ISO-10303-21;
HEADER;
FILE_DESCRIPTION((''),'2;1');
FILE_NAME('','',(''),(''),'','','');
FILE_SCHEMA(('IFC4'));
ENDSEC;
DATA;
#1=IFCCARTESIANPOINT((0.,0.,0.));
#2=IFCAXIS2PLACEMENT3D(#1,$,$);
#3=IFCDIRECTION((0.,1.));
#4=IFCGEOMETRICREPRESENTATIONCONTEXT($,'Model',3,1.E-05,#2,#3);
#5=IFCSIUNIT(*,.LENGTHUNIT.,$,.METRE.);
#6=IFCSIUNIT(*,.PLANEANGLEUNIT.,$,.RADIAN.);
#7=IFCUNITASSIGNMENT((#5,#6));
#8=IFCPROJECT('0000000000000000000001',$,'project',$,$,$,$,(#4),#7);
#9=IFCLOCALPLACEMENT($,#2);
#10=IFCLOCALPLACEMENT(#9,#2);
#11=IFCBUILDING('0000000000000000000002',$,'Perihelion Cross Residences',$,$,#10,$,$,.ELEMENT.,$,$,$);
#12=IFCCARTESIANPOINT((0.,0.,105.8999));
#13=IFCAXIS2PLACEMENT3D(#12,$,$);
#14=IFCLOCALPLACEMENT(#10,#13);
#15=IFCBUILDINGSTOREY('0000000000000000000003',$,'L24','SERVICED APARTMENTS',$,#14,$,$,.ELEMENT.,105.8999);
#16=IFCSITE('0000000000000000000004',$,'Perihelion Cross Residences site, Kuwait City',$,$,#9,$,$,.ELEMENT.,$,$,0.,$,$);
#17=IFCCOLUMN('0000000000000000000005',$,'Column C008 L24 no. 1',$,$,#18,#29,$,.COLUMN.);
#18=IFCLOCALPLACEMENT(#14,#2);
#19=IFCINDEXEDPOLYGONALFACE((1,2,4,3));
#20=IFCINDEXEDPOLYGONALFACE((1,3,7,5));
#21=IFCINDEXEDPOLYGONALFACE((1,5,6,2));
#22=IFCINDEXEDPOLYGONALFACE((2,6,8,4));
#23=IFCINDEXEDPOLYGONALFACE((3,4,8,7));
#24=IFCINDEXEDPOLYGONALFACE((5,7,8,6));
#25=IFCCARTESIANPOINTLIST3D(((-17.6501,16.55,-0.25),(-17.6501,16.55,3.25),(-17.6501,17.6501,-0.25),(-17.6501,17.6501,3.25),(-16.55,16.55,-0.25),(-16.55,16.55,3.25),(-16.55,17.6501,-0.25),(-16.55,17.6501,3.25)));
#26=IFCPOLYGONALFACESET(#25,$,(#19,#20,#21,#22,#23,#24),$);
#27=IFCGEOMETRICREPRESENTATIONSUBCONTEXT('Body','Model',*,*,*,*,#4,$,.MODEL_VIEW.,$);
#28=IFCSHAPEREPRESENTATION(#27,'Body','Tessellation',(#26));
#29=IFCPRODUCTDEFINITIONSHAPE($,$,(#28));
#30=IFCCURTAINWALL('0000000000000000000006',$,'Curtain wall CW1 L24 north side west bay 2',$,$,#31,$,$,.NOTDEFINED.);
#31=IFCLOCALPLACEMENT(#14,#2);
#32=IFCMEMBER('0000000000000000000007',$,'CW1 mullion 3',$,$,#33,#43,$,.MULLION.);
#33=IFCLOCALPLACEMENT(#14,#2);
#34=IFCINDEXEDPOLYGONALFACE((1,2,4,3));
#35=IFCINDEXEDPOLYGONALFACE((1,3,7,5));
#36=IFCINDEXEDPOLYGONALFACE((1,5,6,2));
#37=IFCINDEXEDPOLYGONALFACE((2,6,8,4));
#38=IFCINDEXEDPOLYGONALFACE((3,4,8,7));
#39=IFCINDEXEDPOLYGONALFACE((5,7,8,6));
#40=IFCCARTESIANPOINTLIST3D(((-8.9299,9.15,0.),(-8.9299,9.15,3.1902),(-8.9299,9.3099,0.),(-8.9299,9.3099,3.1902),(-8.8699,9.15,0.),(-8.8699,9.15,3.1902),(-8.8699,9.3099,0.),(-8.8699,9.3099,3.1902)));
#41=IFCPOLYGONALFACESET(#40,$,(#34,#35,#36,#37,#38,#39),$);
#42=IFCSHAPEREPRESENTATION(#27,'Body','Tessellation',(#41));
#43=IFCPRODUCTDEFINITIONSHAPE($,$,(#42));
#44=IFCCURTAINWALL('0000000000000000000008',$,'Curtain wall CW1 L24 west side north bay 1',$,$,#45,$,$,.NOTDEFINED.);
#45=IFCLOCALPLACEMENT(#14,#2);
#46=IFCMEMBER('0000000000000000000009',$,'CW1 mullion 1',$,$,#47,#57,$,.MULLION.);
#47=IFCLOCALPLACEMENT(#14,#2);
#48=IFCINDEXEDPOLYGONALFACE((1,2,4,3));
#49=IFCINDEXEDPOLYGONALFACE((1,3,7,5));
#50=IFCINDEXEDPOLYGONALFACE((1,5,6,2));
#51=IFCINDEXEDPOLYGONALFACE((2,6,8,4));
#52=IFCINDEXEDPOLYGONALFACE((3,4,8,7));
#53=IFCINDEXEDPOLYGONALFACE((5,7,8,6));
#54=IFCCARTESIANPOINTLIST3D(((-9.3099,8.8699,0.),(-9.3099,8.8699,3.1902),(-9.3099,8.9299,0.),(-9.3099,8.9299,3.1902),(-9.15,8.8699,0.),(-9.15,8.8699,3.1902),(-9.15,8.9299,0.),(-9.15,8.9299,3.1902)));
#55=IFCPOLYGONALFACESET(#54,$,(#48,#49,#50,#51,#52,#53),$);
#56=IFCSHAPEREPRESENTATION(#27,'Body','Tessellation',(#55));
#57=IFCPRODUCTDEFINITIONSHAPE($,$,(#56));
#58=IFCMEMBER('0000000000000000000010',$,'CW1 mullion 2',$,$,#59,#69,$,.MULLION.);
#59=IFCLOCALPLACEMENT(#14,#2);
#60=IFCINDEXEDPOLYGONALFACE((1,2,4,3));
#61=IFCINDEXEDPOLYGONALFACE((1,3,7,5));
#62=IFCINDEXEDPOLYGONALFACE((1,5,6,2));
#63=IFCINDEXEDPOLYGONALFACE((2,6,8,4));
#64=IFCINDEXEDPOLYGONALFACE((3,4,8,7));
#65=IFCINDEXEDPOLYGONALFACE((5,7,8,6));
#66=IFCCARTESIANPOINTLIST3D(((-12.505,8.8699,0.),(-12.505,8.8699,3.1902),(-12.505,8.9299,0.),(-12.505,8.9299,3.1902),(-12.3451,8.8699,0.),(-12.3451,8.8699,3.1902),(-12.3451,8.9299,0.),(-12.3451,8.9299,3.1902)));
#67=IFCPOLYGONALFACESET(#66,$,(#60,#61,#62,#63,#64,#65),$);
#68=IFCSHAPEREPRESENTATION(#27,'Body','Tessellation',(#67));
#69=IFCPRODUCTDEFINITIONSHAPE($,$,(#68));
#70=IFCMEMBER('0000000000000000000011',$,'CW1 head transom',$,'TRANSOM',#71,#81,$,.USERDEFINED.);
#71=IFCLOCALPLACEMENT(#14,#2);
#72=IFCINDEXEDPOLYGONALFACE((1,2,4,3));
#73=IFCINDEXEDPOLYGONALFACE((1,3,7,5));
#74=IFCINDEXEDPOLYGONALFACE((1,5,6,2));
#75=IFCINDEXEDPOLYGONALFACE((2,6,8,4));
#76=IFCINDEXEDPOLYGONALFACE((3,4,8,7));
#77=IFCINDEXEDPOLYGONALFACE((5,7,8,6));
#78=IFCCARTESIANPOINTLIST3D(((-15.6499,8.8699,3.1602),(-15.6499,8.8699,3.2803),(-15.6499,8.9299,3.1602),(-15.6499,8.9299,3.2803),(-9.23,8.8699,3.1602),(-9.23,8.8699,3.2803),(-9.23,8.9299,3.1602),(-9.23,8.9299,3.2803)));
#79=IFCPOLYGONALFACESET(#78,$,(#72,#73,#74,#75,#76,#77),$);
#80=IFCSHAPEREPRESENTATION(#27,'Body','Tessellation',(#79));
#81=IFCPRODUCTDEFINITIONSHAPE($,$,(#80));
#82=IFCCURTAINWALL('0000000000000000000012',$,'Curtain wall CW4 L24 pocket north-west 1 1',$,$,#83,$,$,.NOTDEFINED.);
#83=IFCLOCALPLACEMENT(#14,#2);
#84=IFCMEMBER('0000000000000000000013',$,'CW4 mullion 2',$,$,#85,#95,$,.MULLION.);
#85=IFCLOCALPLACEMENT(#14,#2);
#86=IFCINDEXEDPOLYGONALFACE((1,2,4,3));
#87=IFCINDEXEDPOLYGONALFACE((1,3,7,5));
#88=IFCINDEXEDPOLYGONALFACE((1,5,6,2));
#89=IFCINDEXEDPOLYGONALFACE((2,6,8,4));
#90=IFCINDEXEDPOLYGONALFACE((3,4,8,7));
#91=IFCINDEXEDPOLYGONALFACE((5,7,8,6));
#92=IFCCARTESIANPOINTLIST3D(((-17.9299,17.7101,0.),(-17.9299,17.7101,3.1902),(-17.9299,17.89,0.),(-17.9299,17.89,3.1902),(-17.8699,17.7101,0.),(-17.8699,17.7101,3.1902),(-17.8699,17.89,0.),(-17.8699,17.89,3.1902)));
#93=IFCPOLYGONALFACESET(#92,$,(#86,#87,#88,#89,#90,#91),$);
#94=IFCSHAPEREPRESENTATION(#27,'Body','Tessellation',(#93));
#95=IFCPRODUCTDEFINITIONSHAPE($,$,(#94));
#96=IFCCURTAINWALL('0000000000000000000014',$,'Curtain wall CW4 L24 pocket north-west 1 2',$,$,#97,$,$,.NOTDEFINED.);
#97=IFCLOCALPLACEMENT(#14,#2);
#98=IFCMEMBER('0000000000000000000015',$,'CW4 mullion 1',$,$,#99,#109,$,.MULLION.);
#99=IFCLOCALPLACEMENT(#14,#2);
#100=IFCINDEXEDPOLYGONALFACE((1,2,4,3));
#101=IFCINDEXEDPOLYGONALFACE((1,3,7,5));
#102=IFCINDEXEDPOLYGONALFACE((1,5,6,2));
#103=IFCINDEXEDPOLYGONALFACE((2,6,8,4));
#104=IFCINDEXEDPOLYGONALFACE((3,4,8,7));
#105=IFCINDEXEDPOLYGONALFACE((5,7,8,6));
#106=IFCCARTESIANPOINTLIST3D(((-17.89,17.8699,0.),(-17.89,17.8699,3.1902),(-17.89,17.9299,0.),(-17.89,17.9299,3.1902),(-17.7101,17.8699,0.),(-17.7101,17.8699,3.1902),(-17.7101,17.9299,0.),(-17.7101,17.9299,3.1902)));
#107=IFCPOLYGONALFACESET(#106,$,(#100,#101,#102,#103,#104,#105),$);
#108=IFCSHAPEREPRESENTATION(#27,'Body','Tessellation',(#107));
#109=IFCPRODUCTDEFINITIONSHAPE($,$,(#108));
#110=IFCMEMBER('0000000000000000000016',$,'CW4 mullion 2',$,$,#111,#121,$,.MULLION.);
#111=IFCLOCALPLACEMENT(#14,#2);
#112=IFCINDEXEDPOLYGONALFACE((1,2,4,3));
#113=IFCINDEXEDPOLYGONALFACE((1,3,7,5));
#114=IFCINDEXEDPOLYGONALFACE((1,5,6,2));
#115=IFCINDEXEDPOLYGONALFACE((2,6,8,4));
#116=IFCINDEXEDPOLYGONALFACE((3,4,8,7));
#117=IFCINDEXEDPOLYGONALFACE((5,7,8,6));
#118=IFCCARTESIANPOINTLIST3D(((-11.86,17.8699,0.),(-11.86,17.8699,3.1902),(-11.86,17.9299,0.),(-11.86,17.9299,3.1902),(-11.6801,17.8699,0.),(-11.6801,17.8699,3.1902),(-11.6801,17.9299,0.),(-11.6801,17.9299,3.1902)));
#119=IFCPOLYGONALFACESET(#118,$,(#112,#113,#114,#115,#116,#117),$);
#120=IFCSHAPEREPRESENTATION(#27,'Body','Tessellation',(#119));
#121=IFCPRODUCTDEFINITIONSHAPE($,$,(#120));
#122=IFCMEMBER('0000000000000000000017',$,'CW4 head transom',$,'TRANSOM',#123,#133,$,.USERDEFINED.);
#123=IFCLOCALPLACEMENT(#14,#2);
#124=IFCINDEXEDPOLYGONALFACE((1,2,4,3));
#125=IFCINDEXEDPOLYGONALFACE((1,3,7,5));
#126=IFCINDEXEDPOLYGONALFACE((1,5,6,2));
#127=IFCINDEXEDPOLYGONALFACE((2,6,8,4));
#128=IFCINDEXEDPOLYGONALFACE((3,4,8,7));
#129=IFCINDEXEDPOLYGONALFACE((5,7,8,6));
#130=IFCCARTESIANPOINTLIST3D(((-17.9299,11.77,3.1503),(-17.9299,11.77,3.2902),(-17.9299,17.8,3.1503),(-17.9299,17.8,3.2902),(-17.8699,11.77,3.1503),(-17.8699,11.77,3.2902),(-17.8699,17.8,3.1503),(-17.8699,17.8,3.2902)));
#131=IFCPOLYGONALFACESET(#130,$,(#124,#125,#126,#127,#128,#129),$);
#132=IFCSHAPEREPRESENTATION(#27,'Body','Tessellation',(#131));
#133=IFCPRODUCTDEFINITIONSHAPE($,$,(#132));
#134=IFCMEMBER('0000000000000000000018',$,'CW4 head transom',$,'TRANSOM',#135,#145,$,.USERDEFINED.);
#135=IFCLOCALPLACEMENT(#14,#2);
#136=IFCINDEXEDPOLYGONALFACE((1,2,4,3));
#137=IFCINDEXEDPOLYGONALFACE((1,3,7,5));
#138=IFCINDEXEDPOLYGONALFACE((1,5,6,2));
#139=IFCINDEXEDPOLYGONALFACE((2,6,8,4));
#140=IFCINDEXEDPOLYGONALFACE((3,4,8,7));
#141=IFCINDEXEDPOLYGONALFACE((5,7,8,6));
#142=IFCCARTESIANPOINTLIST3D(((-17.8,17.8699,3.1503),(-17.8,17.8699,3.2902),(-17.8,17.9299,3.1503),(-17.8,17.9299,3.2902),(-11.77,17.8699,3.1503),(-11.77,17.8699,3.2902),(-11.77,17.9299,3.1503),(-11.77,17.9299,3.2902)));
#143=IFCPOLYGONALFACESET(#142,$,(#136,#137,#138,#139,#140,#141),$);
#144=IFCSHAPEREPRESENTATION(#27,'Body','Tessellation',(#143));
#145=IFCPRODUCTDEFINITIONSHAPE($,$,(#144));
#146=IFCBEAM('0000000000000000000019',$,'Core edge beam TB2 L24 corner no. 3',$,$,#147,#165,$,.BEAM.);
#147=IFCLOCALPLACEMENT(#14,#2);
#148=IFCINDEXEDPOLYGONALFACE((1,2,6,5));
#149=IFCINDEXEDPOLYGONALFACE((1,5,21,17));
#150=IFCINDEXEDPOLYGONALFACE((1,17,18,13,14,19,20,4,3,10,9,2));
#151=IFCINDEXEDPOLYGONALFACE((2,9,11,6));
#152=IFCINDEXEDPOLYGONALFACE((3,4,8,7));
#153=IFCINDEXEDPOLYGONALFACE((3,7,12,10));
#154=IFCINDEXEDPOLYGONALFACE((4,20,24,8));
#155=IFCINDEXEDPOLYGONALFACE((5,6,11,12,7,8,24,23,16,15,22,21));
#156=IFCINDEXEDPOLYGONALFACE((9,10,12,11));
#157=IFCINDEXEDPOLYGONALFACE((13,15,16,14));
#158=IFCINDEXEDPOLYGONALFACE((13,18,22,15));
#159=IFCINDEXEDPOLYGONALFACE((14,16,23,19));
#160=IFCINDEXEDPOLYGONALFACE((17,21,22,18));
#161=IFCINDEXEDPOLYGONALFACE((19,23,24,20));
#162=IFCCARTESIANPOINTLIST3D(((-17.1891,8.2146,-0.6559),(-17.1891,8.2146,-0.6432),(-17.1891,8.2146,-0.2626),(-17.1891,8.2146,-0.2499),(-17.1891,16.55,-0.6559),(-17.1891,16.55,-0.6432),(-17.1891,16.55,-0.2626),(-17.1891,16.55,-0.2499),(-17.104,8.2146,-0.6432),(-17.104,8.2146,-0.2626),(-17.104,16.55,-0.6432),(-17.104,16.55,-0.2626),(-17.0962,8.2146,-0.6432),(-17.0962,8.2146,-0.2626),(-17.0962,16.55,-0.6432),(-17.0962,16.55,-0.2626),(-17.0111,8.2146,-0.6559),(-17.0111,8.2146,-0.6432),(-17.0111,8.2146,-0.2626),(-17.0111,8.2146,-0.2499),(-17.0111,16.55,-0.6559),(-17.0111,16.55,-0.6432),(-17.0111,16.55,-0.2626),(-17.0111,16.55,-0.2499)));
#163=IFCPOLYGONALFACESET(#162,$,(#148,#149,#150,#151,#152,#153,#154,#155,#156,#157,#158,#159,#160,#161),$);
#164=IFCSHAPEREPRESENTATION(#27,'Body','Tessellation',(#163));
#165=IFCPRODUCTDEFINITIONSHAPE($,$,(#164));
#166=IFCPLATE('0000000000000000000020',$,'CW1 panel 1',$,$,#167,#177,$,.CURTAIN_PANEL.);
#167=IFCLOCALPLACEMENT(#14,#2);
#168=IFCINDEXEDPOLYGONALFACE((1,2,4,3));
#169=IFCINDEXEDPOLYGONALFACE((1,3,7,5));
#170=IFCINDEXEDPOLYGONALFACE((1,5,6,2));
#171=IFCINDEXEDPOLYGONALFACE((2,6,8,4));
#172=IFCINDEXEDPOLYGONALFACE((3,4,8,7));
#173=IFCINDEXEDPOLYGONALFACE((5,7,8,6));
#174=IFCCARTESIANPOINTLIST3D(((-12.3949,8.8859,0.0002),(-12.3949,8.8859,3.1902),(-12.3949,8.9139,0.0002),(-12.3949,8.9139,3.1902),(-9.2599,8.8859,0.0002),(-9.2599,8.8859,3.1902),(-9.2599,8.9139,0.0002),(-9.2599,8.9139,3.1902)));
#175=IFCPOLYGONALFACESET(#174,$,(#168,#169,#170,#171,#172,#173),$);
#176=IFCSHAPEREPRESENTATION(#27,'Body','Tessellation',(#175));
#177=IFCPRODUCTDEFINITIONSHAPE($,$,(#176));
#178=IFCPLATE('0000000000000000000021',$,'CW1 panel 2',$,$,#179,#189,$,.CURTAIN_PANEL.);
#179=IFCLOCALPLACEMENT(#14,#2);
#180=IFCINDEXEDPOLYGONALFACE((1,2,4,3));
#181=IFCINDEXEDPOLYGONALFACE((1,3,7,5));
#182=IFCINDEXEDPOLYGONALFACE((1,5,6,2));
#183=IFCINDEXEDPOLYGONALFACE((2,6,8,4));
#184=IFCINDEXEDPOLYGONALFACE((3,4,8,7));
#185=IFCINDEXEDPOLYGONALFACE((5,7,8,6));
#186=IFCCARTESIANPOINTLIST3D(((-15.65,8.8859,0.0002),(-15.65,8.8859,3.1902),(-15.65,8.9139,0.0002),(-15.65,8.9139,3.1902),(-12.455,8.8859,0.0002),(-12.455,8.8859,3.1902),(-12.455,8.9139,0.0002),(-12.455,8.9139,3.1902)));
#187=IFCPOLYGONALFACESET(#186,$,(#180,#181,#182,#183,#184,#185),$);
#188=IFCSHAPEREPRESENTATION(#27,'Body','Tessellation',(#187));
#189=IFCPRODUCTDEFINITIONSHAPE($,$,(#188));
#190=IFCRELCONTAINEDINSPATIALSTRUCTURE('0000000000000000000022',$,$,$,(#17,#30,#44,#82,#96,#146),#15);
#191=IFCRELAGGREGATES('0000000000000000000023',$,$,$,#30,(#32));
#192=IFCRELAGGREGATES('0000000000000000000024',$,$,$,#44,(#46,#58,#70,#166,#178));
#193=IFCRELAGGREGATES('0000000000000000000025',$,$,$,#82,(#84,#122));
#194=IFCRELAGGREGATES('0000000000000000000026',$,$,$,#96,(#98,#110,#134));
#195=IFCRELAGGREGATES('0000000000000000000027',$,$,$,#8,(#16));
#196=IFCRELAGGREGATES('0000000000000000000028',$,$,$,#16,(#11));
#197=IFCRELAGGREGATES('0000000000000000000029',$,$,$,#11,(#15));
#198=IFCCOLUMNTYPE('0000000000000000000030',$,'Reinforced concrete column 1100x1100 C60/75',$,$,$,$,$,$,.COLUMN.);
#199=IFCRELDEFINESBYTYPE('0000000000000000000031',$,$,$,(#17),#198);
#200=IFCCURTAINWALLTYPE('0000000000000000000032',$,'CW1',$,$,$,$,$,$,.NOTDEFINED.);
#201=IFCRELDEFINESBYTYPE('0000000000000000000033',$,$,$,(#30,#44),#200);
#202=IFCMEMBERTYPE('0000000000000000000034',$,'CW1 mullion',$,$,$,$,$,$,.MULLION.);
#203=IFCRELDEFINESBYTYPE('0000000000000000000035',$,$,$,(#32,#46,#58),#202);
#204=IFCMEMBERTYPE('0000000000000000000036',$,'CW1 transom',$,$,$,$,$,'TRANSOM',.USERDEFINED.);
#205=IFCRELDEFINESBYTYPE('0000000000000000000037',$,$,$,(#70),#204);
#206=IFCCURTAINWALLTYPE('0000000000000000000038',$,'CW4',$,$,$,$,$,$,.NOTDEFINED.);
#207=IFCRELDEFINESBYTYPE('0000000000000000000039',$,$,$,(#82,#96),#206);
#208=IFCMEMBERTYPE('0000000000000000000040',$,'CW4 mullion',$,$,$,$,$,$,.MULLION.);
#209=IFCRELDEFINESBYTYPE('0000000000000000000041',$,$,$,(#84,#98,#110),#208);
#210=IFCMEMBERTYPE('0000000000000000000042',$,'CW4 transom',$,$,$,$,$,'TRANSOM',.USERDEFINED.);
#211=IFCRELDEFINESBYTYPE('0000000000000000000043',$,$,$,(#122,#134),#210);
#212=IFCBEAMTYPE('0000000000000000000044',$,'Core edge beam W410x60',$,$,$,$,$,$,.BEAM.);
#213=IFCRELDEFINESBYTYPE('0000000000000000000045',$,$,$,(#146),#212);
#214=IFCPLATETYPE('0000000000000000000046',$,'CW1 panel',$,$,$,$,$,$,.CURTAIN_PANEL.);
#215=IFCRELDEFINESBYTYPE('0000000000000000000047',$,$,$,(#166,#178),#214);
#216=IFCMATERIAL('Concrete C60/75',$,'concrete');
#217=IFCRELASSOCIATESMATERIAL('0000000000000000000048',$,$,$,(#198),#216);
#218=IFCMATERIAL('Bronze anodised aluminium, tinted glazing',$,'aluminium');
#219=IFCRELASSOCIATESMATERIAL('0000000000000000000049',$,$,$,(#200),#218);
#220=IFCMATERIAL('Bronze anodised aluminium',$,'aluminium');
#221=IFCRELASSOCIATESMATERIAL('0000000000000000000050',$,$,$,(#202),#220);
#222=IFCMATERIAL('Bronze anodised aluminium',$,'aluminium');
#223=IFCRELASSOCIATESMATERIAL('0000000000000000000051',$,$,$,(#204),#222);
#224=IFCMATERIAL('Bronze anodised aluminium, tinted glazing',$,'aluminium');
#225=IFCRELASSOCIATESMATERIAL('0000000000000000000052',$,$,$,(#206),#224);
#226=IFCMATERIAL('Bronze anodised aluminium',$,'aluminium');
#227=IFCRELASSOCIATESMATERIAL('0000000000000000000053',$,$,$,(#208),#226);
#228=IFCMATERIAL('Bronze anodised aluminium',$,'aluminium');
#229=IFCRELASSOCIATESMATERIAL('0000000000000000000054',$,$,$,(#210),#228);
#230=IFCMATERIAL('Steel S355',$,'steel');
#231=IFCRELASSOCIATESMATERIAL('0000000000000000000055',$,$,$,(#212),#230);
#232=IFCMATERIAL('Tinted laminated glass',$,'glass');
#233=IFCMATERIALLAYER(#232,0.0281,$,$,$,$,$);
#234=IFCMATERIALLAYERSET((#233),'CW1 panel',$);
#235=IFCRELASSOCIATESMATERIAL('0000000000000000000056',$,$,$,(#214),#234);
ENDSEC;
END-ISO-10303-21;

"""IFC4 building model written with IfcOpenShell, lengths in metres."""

from ifc_helpers import new_model, si_unit, direction, frame, origin, origin_2d, place, context, subcontext, project, spatial, rectangle, i_section, extrude, material, layer, layer_set, material_profile, profile_set, type_object, element, aggregate, save


model = new_model("IFC4")

# Units and contexts
model_context = context("Model", 3, precision=1e-05, world=origin(), true_north=direction((0.0, 1.0)))
body_context = subcontext(model_context, "Body", "Model", "MODEL_VIEW")
ifc_project = project(units=[si_unit("LENGTHUNIT", "METRE"), si_unit("PLANEANGLEUNIT", "RADIAN")], contexts=[model_context])

# Site, building, storey
site_placement = place(None, origin())
site = spatial("IfcSite", under=ifc_project, at=site_placement, Name="Perihelion Cross Residences site, Kuwait City", CompositionType="ELEMENT", RefElevation=0.0)
building_placement = place(site_placement, origin())
building = spatial("IfcBuilding", under=site, at=building_placement, Name="Perihelion Cross Residences", CompositionType="ELEMENT")
storey_placement = place(building_placement, frame((0.0, 0.0, 105.8999)))
storey = spatial("IfcBuildingStorey", under=building, at=storey_placement, Name="L24", Description="SERVICED APARTMENTS", CompositionType="ELEMENT", Elevation=105.8999)

# Column
ifc_material_1 = material(Name="Concrete C60/75", Category="concrete")
ifc_material_profile_1 = material_profile(ifc_material_1, rectangle(XDim=1.1001, YDim=1.1001, at=origin_2d()), Name="RC 1100x1100")
ifc_profile_set_1 = profile_set([ifc_material_profile_1], Name="Concrete C60/75")
column_type = type_object("IfcColumnType", Name="Reinforced concrete column 1100x1100 C60/75", PredefinedType="COLUMN", material=ifc_profile_set_1)
column_placement = place(storey_placement, frame((-17.1001, 17.1001, -0.25), z_axis=(0.0, 0.0, 1.0), x_axis=(1.0, 0.0, 0.0)))
element("IfcColumn", 1, at=column_placement, inside=storey, type_object=column_type, Name="Column C008 L24 no. 1", PredefinedType="COLUMN", context=body_context, shape_type="SweptSolid", body=[
    extrude(rectangle(XDim=1.1001, YDim=1.1001, at=origin_2d()), origin(), (0.0, 0.0, 1.0), 3.5),
])

# Curtain wall, member
ifc_material_2 = material(Name="Bronze anodised aluminium, tinted glazing", Category="aluminium")
curtain_wall_type_1 = type_object("IfcCurtainWallType", Name="CW1", PredefinedType="NOTDEFINED", material=ifc_material_2)
curtain_wall_1_placement = place(storey_placement, origin())
curtain_wall_1 = element("IfcCurtainWall", 2, at=curtain_wall_1_placement, inside=storey, type_object=curtain_wall_type_1, Name="Curtain wall CW1 L24 north side west bay 2", PredefinedType="NOTDEFINED")
ifc_material_3 = material(Name="Bronze anodised aluminium", Category="aluminium")
ifc_material_profile_2 = material_profile(ifc_material_3, rectangle(XDim=0.0601, YDim=0.1599, at=origin_2d()), Name="CW1 mullion")
ifc_profile_set_2 = profile_set([ifc_material_profile_2], Name="Bronze anodised aluminium")
member_type_1 = type_object("IfcMemberType", Name="CW1 mullion", PredefinedType="MULLION", material=ifc_profile_set_2)
member_1_placement = place(storey_placement, frame((-8.8999, 9.23, 0.0), z_axis=(0.0, 0.0, 1.0), x_axis=(1.0, 0.0, 0.0)))
member_1 = element("IfcMember", 3, at=member_1_placement, type_object=member_type_1, Name="CW1 mullion 3", PredefinedType="MULLION", context=body_context, shape_type="SweptSolid", body=[
    extrude(rectangle(XDim=0.0601, YDim=0.1599, at=origin_2d()), origin(), (0.0, 0.0, 1.0), 3.1902),
])
aggregate(curtain_wall_1, [member_1])

# Curtain wall, members
curtain_wall_2_placement = place(storey_placement, origin())
curtain_wall_2 = element("IfcCurtainWall", 4, at=curtain_wall_2_placement, inside=storey, type_object=curtain_wall_type_1, Name="Curtain wall CW1 L24 west side north bay 1", PredefinedType="NOTDEFINED")
member_2_placement = place(storey_placement, frame((-9.23, 8.8999, 0.0), z_axis=(0.0, 0.0, 1.0), x_axis=(0.0, -1.0, 0.0)))
member_2 = element("IfcMember", 5, at=member_2_placement, type_object=member_type_1, Name="CW1 mullion 1", PredefinedType="MULLION", context=body_context, shape_type="SweptSolid", body=[
    extrude(rectangle(XDim=0.0601, YDim=0.1599, at=origin_2d()), origin(), (0.0, 0.0, 1.0), 3.1902),
])
member_3_placement = place(storey_placement, frame((-12.425, 8.8999, 0.0), z_axis=(0.0, 0.0, 1.0), x_axis=(0.0, -1.0, 0.0)))
member_3 = element("IfcMember", 6, at=member_3_placement, type_object=member_type_1, Name="CW1 mullion 2", PredefinedType="MULLION", context=body_context, shape_type="SweptSolid", body=[
    extrude(rectangle(XDim=0.0601, YDim=0.1599, at=origin_2d()), origin(), (0.0, 0.0, 1.0), 3.1902),
])
ifc_material_4 = material(Name="Bronze anodised aluminium", Category="aluminium")
ifc_material_profile_3 = material_profile(ifc_material_4, rectangle(XDim=0.0601, YDim=0.1201, at=origin_2d()), Name="CW1 transom")
ifc_profile_set_3 = profile_set([ifc_material_profile_3], Name="Bronze anodised aluminium")
member_type_2 = type_object("IfcMemberType", Name="CW1 transom", ElementType="TRANSOM", PredefinedType="USERDEFINED", material=ifc_profile_set_3)
member_4_placement = place(storey_placement, frame((-9.23, 8.8999, 3.2202), z_axis=(-1.0, 0.0, 0.0), x_axis=(0.0, -1.0, 0.0)))
member_4 = element("IfcMember", 7, at=member_4_placement, type_object=member_type_2, Name="CW1 head transom", ObjectType="TRANSOM", PredefinedType="USERDEFINED", context=body_context, shape_type="SweptSolid", body=[
    extrude(rectangle(XDim=0.0601, YDim=0.1201, at=origin_2d()), origin(), (0.0, 0.0, 1.0), 6.4199),
])

# Curtain wall, member
ifc_material_5 = material(Name="Bronze anodised aluminium, tinted glazing", Category="aluminium")
curtain_wall_type_2 = type_object("IfcCurtainWallType", Name="CW4", PredefinedType="NOTDEFINED", material=ifc_material_5)
curtain_wall_3_placement = place(storey_placement, origin())
curtain_wall_3 = element("IfcCurtainWall", 8, at=curtain_wall_3_placement, inside=storey, type_object=curtain_wall_type_2, Name="Curtain wall CW4 L24 pocket north-west 1 1", PredefinedType="NOTDEFINED")
ifc_material_6 = material(Name="Bronze anodised aluminium", Category="aluminium")
ifc_material_profile_4 = material_profile(ifc_material_6, rectangle(XDim=0.0601, YDim=0.1799, at=origin_2d()), Name="CW4 mullion")
ifc_profile_set_4 = profile_set([ifc_material_profile_4], Name="Bronze anodised aluminium")
member_type_3 = type_object("IfcMemberType", Name="CW4 mullion", PredefinedType="MULLION", material=ifc_profile_set_4)
member_5_placement = place(storey_placement, frame((-17.8999, 17.8, 0.0), z_axis=(0.0, 0.0, 1.0), x_axis=(-1.0, 0.0, 0.0)))
member_5 = element("IfcMember", 9, at=member_5_placement, type_object=member_type_3, Name="CW4 mullion 2", PredefinedType="MULLION", context=body_context, shape_type="SweptSolid", body=[
    extrude(rectangle(XDim=0.0601, YDim=0.1799, at=origin_2d()), origin(), (0.0, 0.0, 1.0), 3.1902),
])

# Curtain wall, members
curtain_wall_4_placement = place(storey_placement, origin())
curtain_wall_4 = element("IfcCurtainWall", 10, at=curtain_wall_4_placement, inside=storey, type_object=curtain_wall_type_2, Name="Curtain wall CW4 L24 pocket north-west 1 2", PredefinedType="NOTDEFINED")
member_6_placement = place(storey_placement, frame((-17.8, 17.8999, 0.0), z_axis=(0.0, 0.0, 1.0), x_axis=(0.0, 1.0, 0.0)))
member_6 = element("IfcMember", 11, at=member_6_placement, type_object=member_type_3, Name="CW4 mullion 1", PredefinedType="MULLION", context=body_context, shape_type="SweptSolid", body=[
    extrude(rectangle(XDim=0.0601, YDim=0.1799, at=origin_2d()), origin(), (0.0, 0.0, 1.0), 3.1902),
])
member_7_placement = place(storey_placement, frame((-11.77, 17.8999, 0.0), z_axis=(0.0, 0.0, 1.0), x_axis=(0.0, 1.0, 0.0)))
member_7 = element("IfcMember", 12, at=member_7_placement, type_object=member_type_3, Name="CW4 mullion 2", PredefinedType="MULLION", context=body_context, shape_type="SweptSolid", body=[
    extrude(rectangle(XDim=0.0601, YDim=0.1799, at=origin_2d()), origin(), (0.0, 0.0, 1.0), 3.1902),
])

# Members
ifc_material_7 = material(Name="Bronze anodised aluminium", Category="aluminium")
ifc_material_profile_5 = material_profile(ifc_material_7, rectangle(XDim=0.0601, YDim=0.1399, at=origin_2d()), Name="CW4 transom")
ifc_profile_set_5 = profile_set([ifc_material_profile_5], Name="Bronze anodised aluminium")
member_type_4 = type_object("IfcMemberType", Name="CW4 transom", ElementType="TRANSOM", PredefinedType="USERDEFINED", material=ifc_profile_set_5)
member_8_placement = place(storey_placement, frame((-17.8999, 11.77, 3.2202), z_axis=(0.0, 1.0, 0.0), x_axis=(-1.0, 0.0, 0.0)))
member_8 = element("IfcMember", 13, at=member_8_placement, type_object=member_type_4, Name="CW4 head transom", ObjectType="TRANSOM", PredefinedType="USERDEFINED", context=body_context, shape_type="SweptSolid", body=[
    extrude(rectangle(XDim=0.0601, YDim=0.1399, at=origin_2d()), origin(), (0.0, 0.0, 1.0), 6.03),
])
member_9_placement = place(storey_placement, frame((-17.8, 17.8999, 3.2202), z_axis=(1.0, 0.0, 0.0), x_axis=(0.0, 1.0, 0.0)))
member_9 = element("IfcMember", 14, at=member_9_placement, type_object=member_type_4, Name="CW4 head transom", ObjectType="TRANSOM", PredefinedType="USERDEFINED", context=body_context, shape_type="SweptSolid", body=[
    extrude(rectangle(XDim=0.0601, YDim=0.1399, at=origin_2d()), origin(), (0.0, 0.0, 1.0), 6.03),
])

# Beam
ifc_material_8 = material(Name="Steel S355", Category="steel")
ifc_material_profile_6 = material_profile(ifc_material_8, i_section(OverallWidth=0.178, OverallDepth=0.406, WebThickness=0.0078, FlangeThickness=0.0127, at=origin_2d()), Name="W410x60")
ifc_profile_set_6 = profile_set([ifc_material_profile_6], Name="Steel S355")
beam_type = type_object("IfcBeamType", Name="Core edge beam W410x60", PredefinedType="BEAM", material=ifc_profile_set_6)
beam_placement = place(storey_placement, frame((-17.1001, 8.2146, -0.4529), z_axis=(0.0, 1.0, 0.0), x_axis=(-1.0, 0.0, 0.0)))
element("IfcBeam", 15, at=beam_placement, inside=storey, type_object=beam_type, Name="Core edge beam TB2 L24 corner no. 3", PredefinedType="BEAM", context=body_context, shape_type="SweptSolid", body=[
    extrude(i_section(OverallWidth=0.178, OverallDepth=0.406, WebThickness=0.0078, FlangeThickness=0.0127, at=origin_2d()), origin(), (0.0, 0.0, 1.0), 8.3354),
])

# Plates
ifc_material_9 = material(Name="Tinted laminated glass", Category="glass")
ifc_layer_1 = layer(ifc_material_9, 0.0281)
ifc_layer_set_1 = layer_set([ifc_layer_1], Name="CW1 panel")
plate_type_1 = type_object("IfcPlateType", Name="CW1 panel", PredefinedType="CURTAIN_PANEL", material=ifc_layer_set_1)
plate_1_placement = place(storey_placement, frame((-10.8274, 8.8999, 0.0002), z_axis=(0.0, 0.0, 1.0), x_axis=(-1.0, 0.0, 0.0)))
plate_1 = element("IfcPlate", 16, at=plate_1_placement, type_object=plate_type_1, Name="CW1 panel 1", PredefinedType="CURTAIN_PANEL", context=body_context, shape_type="SweptSolid", body=[
    extrude(rectangle(XDim=3.135, YDim=0.0281, at=origin_2d()), origin(), (0.0, 0.0, 1.0), 3.1899),
])
plate_2_placement = place(storey_placement, frame((-14.0525, 8.8999, 0.0002), z_axis=(0.0, 0.0, 1.0), x_axis=(-1.0, 0.0, 0.0)))
plate_2 = element("IfcPlate", 17, at=plate_2_placement, type_object=plate_type_1, Name="CW1 panel 2", PredefinedType="CURTAIN_PANEL", context=body_context, shape_type="SweptSolid", body=[
    extrude(rectangle(XDim=3.1951, YDim=0.0281, at=origin_2d()), origin(), (0.0, 0.0, 1.0), 3.1899),
])
aggregate(curtain_wall_2, [member_2, member_3, member_4, plate_1, plate_2])
aggregate(curtain_wall_3, [member_5, member_8])
aggregate(curtain_wall_4, [member_6, member_7, member_9])

save(model, "model.ifc")
